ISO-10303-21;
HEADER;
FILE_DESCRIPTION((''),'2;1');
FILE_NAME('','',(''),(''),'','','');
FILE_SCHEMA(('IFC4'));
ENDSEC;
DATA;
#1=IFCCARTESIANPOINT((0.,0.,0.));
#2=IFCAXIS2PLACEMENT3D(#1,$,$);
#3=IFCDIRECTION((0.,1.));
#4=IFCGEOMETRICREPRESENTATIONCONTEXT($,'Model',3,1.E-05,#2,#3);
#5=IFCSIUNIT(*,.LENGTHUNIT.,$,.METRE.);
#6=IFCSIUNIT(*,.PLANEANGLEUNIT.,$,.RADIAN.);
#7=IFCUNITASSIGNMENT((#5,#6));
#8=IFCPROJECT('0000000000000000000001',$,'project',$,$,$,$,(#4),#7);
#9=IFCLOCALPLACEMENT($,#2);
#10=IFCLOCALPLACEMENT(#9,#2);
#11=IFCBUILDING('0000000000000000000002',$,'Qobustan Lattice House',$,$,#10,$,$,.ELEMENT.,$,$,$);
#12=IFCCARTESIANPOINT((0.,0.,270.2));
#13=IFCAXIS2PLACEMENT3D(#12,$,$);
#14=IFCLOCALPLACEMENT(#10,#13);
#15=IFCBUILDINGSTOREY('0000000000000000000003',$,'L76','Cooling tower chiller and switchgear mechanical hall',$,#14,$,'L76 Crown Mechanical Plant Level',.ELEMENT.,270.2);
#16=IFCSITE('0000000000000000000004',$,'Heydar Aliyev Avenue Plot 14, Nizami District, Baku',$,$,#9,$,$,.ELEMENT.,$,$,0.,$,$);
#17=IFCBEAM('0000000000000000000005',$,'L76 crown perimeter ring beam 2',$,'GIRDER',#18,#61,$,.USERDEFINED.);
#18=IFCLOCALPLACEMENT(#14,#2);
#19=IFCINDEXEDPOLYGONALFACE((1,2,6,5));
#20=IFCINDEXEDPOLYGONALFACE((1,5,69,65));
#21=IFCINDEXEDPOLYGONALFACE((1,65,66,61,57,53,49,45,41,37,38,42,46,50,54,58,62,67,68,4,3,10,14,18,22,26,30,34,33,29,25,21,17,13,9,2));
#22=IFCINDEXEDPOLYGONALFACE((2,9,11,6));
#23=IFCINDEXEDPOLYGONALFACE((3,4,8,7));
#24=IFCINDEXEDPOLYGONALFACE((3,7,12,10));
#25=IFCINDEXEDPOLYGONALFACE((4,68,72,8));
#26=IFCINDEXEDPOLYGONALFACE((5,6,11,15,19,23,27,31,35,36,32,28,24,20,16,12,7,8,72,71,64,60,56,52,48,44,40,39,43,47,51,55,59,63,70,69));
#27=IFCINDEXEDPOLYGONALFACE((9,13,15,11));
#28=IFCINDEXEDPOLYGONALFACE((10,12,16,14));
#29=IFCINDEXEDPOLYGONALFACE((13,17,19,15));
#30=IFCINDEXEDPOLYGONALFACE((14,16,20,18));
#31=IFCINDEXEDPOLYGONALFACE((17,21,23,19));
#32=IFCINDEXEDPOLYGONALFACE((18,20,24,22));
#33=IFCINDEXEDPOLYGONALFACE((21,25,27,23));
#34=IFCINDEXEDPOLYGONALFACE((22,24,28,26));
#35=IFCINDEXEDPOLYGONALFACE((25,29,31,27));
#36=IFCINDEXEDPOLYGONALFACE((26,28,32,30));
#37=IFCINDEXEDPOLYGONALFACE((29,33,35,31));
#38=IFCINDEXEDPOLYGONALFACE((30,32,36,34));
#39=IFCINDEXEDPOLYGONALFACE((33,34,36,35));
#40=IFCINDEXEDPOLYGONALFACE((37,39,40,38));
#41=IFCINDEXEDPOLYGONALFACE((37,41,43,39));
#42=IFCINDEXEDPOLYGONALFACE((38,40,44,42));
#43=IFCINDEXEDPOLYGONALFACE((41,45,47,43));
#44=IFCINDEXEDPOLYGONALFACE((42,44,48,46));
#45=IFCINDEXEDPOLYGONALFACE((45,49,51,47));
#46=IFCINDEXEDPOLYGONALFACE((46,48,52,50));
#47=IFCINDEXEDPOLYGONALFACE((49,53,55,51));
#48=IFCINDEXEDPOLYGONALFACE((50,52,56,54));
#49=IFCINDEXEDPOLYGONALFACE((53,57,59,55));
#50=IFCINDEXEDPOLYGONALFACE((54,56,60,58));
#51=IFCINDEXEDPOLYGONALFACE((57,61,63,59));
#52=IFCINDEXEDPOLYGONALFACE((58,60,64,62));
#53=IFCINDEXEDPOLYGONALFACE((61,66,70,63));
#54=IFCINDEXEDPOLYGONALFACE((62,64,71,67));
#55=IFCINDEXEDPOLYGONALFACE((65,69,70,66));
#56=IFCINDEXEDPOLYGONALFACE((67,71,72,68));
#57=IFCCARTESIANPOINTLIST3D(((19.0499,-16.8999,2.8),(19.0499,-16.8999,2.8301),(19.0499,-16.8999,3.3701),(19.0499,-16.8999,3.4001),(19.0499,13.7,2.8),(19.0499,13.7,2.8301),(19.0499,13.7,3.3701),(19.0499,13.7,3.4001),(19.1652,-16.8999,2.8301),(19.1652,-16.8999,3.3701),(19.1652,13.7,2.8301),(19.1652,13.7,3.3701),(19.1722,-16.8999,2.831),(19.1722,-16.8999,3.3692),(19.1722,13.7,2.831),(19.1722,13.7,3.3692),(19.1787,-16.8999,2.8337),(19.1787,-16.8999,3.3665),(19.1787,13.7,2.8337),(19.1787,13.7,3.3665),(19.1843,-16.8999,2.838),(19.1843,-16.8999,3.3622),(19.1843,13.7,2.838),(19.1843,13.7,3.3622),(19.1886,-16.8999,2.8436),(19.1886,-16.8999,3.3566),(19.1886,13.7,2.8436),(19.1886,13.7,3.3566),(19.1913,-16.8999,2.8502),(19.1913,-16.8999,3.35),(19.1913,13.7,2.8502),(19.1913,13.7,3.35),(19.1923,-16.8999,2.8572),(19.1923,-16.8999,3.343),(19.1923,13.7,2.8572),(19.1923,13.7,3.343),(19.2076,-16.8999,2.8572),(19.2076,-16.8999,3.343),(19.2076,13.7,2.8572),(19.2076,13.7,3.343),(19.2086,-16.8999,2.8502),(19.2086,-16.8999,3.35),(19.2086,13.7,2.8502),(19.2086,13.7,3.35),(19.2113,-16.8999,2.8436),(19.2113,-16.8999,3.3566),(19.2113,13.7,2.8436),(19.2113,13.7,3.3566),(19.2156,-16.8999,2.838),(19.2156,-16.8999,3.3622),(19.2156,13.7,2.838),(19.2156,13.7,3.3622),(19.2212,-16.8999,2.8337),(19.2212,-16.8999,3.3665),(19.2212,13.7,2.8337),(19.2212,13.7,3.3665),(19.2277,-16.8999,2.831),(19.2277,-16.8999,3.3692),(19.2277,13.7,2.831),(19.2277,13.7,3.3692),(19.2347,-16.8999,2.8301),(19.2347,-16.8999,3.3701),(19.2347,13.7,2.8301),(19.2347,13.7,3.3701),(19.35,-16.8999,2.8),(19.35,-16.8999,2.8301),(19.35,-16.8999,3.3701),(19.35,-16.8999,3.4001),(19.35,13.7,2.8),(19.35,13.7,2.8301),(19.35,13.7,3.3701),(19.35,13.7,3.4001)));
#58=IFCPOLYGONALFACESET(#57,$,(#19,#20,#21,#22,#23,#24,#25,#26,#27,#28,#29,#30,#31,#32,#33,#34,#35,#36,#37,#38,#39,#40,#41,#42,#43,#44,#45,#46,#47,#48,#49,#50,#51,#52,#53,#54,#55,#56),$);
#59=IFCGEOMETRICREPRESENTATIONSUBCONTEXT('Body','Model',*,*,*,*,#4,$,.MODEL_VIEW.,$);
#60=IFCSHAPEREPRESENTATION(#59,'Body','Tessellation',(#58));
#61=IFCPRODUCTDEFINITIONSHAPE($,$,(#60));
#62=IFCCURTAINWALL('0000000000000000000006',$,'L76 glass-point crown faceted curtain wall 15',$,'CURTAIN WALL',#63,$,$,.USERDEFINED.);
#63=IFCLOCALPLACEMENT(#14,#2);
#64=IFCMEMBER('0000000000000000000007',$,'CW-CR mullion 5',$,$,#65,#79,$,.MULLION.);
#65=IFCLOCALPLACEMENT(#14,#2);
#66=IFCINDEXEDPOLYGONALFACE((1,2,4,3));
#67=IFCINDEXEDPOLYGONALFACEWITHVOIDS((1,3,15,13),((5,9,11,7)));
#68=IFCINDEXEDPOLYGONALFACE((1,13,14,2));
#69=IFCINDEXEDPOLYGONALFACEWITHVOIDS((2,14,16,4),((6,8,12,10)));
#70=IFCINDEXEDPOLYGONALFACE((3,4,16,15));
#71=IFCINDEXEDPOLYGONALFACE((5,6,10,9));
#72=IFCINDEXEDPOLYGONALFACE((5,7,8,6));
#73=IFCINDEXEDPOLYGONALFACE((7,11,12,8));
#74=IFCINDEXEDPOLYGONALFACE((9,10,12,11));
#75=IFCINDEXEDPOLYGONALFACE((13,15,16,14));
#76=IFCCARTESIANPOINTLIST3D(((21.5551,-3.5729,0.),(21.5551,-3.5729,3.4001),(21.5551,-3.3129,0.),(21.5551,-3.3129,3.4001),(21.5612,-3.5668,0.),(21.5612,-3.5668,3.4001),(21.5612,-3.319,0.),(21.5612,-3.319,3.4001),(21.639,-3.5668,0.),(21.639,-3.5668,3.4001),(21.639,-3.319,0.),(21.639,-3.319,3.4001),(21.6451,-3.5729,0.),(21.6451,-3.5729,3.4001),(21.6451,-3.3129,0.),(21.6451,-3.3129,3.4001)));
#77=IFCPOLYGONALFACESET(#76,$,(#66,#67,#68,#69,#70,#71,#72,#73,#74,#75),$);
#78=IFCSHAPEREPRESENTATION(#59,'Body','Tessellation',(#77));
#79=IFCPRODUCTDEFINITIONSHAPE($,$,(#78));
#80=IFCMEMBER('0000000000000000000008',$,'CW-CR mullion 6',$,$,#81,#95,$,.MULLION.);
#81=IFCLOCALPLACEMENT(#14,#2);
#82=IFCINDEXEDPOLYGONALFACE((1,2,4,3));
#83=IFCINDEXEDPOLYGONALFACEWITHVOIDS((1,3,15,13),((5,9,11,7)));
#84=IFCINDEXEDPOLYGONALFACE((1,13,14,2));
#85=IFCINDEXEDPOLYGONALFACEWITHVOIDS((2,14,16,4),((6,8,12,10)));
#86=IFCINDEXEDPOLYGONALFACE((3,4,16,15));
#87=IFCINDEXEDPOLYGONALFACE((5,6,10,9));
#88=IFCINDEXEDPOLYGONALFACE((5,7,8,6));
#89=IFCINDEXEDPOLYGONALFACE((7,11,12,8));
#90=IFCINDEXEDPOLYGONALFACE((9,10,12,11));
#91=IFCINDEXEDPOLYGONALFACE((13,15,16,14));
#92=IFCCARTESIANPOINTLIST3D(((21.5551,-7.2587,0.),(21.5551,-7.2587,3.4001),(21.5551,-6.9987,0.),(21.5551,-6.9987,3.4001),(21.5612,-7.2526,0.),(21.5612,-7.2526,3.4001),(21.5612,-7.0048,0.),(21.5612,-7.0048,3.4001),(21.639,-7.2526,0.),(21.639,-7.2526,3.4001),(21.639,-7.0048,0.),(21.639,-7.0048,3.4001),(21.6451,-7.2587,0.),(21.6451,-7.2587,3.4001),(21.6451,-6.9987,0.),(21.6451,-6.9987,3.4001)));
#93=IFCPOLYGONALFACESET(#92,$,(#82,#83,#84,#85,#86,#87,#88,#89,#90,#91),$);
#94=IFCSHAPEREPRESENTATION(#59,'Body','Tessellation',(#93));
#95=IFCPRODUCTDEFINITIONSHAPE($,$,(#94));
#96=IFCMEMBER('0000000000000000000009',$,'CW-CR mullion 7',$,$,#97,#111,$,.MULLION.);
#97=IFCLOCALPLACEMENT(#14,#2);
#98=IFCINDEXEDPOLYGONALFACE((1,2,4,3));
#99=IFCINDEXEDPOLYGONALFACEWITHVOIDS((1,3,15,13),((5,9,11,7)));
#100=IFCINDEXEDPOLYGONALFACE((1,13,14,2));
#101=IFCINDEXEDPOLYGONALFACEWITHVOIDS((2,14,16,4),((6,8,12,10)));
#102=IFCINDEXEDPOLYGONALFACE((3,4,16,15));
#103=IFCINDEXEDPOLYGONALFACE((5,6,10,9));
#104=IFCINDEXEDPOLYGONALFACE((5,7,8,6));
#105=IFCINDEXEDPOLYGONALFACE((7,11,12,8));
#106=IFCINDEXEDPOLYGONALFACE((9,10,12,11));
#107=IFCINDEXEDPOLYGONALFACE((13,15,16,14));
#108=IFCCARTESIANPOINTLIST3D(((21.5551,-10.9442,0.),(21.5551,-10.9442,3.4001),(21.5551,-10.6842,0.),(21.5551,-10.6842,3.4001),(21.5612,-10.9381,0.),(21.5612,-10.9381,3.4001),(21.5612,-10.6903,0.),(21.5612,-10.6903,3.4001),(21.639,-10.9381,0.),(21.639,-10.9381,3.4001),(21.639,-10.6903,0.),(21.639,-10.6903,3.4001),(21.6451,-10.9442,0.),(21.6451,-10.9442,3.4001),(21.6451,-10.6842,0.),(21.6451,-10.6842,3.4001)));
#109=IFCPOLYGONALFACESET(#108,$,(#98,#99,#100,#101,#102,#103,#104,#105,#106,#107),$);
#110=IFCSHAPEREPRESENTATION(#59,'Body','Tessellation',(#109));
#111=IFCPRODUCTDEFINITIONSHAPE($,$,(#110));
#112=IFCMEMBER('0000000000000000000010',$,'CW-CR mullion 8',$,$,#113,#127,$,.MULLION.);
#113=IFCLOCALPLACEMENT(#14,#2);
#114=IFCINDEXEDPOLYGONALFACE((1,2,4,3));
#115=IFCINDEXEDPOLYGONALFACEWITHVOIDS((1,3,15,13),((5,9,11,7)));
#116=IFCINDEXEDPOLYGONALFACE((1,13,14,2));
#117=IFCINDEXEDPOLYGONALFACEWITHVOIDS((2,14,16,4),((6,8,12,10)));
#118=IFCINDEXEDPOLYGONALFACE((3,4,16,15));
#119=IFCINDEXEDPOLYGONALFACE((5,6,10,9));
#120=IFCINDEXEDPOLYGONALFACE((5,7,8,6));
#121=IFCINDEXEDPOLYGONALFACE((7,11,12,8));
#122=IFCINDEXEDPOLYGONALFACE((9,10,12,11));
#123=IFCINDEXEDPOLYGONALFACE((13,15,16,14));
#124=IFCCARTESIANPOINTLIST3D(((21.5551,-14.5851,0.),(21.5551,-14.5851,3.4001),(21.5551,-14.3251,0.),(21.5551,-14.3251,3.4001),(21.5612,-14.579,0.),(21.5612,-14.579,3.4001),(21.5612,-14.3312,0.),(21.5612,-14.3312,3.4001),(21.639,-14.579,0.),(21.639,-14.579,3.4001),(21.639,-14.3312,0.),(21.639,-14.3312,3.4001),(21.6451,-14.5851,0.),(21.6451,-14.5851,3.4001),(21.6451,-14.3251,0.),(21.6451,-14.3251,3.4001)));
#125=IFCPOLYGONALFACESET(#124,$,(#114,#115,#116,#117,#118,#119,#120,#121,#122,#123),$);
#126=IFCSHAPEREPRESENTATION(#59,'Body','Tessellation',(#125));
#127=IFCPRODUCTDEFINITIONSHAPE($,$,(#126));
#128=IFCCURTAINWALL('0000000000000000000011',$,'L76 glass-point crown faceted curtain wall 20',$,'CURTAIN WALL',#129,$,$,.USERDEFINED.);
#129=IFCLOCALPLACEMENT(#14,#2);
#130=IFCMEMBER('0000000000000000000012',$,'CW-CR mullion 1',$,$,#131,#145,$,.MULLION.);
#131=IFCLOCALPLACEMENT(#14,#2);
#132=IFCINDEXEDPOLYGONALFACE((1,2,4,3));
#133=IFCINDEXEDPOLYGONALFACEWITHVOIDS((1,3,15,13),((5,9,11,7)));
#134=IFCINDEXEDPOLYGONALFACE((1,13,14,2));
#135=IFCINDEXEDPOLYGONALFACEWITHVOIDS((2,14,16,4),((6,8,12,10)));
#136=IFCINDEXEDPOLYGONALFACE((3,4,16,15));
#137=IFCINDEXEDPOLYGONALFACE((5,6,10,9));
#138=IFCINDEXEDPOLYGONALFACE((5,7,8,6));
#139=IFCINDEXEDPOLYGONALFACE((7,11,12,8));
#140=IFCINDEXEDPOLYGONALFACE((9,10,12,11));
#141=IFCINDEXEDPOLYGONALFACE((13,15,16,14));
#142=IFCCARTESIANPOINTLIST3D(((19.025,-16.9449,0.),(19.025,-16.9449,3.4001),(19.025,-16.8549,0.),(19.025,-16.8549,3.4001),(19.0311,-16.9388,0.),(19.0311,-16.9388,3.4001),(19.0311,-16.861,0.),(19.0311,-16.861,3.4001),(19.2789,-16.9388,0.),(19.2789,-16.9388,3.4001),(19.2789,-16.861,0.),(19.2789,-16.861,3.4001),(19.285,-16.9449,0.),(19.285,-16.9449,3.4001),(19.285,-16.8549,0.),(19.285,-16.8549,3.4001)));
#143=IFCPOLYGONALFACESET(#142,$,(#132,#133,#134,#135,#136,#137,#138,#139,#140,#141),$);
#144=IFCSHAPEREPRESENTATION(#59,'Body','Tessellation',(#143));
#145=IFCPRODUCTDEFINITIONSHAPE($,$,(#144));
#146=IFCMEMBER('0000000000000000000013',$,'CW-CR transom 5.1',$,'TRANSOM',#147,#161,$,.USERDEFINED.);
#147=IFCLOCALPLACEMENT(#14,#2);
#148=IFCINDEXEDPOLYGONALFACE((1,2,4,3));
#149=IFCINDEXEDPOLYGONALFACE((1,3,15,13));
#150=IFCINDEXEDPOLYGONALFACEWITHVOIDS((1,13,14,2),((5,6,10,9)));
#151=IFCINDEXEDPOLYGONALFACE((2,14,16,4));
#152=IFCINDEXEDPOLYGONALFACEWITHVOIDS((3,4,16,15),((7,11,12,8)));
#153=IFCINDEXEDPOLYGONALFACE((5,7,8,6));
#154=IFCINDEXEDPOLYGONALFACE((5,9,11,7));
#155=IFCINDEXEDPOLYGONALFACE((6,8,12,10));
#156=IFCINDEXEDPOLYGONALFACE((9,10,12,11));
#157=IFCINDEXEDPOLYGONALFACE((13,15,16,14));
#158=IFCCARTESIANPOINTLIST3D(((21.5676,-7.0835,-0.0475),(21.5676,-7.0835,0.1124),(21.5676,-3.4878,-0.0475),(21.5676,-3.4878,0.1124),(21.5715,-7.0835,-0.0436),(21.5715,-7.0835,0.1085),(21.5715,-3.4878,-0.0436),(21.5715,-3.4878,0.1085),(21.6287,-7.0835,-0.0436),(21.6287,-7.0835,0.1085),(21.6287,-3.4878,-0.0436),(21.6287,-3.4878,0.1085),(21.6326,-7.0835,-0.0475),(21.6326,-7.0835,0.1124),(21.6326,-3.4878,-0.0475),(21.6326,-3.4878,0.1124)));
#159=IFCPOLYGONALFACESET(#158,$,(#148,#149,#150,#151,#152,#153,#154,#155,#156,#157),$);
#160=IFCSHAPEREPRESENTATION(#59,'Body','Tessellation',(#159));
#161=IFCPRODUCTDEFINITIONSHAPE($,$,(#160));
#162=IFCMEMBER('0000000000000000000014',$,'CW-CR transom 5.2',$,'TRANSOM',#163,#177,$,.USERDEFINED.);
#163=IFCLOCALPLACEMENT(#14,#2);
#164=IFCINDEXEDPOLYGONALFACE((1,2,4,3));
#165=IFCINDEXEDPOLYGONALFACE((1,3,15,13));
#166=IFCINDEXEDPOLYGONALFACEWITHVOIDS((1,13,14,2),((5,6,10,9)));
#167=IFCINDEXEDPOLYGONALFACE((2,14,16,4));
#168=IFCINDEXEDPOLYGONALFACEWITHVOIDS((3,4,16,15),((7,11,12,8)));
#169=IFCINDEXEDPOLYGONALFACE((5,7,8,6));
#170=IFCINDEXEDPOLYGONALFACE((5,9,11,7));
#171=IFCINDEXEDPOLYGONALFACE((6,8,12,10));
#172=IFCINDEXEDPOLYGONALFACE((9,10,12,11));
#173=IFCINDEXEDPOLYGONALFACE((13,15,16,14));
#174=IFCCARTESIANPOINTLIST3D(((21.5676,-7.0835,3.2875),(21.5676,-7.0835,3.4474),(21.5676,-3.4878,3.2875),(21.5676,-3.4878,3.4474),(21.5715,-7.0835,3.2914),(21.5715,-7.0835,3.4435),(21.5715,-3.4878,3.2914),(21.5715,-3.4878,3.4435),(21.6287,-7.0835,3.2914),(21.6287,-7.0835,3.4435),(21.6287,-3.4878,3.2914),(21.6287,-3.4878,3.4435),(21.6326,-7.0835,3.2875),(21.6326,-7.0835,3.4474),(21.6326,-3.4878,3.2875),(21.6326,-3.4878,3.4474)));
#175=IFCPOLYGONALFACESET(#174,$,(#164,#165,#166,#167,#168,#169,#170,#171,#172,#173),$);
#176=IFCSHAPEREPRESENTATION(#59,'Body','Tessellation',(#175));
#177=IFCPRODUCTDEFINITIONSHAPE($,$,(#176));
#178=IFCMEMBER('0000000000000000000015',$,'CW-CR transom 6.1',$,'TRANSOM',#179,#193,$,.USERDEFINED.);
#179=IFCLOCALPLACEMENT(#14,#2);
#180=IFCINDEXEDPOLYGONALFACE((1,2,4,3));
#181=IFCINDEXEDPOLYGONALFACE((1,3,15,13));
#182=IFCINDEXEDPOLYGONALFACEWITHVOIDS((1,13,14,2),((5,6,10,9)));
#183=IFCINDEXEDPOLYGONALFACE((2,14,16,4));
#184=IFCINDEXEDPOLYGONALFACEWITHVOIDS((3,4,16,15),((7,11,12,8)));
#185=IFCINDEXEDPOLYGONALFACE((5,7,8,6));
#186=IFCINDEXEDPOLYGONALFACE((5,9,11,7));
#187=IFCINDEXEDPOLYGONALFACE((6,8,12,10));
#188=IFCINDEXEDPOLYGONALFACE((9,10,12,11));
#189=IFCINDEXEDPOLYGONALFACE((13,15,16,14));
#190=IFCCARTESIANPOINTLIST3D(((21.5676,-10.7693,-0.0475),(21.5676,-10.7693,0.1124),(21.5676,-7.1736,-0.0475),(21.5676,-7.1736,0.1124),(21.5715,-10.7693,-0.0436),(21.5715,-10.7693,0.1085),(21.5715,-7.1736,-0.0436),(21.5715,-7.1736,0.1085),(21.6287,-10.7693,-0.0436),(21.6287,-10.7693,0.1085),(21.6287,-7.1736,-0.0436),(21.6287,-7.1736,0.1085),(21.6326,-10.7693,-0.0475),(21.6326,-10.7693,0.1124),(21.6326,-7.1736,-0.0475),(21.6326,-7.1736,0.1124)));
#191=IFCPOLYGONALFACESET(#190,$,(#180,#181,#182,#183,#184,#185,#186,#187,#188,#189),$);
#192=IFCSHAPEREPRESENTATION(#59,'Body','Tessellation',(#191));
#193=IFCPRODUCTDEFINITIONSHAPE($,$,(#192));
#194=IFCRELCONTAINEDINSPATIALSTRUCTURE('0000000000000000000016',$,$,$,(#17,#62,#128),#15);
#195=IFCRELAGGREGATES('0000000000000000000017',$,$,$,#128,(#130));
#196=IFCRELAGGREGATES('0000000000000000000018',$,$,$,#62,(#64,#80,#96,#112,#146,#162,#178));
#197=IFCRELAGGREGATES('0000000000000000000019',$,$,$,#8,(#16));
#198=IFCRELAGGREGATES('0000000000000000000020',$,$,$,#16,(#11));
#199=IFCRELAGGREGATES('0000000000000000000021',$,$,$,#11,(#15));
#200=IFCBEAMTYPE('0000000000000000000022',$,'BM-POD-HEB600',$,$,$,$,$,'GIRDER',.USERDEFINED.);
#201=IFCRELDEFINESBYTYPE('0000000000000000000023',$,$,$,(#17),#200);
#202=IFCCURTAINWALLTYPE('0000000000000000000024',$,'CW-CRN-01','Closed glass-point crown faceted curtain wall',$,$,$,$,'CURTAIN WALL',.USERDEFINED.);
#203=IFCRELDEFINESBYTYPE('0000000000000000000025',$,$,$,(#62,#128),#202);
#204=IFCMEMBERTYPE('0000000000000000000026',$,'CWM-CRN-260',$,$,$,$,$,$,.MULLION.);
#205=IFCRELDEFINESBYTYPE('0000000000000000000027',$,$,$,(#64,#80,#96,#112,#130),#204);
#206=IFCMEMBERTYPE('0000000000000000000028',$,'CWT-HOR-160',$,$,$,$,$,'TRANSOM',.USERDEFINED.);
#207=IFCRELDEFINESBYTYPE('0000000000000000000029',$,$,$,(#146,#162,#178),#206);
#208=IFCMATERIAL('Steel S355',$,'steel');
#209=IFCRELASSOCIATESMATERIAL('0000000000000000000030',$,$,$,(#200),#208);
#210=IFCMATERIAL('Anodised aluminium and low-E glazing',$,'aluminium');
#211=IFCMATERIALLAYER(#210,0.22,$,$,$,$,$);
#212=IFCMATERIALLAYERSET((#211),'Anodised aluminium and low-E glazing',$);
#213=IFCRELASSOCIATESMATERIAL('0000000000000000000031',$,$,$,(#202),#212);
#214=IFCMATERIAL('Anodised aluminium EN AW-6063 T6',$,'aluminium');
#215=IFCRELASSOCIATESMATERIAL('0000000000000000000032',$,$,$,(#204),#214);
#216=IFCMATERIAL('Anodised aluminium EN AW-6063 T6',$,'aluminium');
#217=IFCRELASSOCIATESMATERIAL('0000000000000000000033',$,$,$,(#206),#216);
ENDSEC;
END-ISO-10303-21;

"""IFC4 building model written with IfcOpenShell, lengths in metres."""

from ifc_helpers import new_model, si_unit, direction, frame, origin, origin_2d, place, context, subcontext, project, spatial, hollow_rectangle, i_section, extrude, material, layer, layer_set, material_profile, profile_set, type_object, element, aggregate, save


model = new_model("IFC4")

# Units and contexts
model_context = context("Model", 3, precision=1e-05, world=origin(), true_north=direction((0.0, 1.0)))
body_context = subcontext(model_context, "Body", "Model", "MODEL_VIEW")
ifc_project = project(units=[si_unit("LENGTHUNIT", "METRE"), si_unit("PLANEANGLEUNIT", "RADIAN")], contexts=[model_context])

# Site, building, storey
site_placement = place(None, origin())
site = spatial("IfcSite", under=ifc_project, at=site_placement, Name="Heydar Aliyev Avenue Plot 14, Nizami District, Baku", CompositionType="ELEMENT", RefElevation=0.0)
building_placement = place(site_placement, origin())
building = spatial("IfcBuilding", under=site, at=building_placement, Name="Qobustan Lattice House", CompositionType="ELEMENT")
storey_placement = place(building_placement, frame((0.0, 0.0, 270.2)))
storey = spatial("IfcBuildingStorey", under=building, at=storey_placement, Name="L76", Description="Cooling tower chiller and switchgear mechanical hall", LongName="L76 Crown Mechanical Plant Level", CompositionType="ELEMENT", Elevation=270.2)

# Beam
ifc_material_1 = material(Name="Steel S355", Category="steel")
ifc_material_profile_1 = material_profile(ifc_material_1, i_section(OverallWidth=0.3, OverallDepth=0.6001, WebThickness=0.0154, FlangeThickness=0.03, FilletRadius=0.0271, at=origin_2d()), Name="HEB600")
ifc_profile_set_1 = profile_set([ifc_material_profile_1], Name="Steel S355")
beam_type = type_object("IfcBeamType", Name="BM-POD-HEB600", ElementType="GIRDER", PredefinedType="USERDEFINED", material=ifc_profile_set_1)
beam_placement = place(storey_placement, frame((19.2, -16.8999, 3.1001), z_axis=(0.0, 1.0, 0.0), x_axis=(-1.0, 0.0, 0.0)))
element("IfcBeam", 1, at=beam_placement, inside=storey, type_object=beam_type, Name="L76 crown perimeter ring beam 2", ObjectType="GIRDER", PredefinedType="USERDEFINED", context=body_context, shape_type="SweptSolid", body=[
    extrude(i_section(OverallWidth=0.3, OverallDepth=0.6001, WebThickness=0.0154, FlangeThickness=0.03, FilletRadius=0.0271, at=origin_2d()), origin(), (0.0, 0.0, 1.0), 30.5999),
])

# Curtain wall, members
ifc_material_2 = material(Name="Anodised aluminium and low-E glazing", Category="aluminium")
ifc_layer_1 = layer(ifc_material_2, 0.22)
ifc_layer_set_1 = layer_set([ifc_layer_1], Name="Anodised aluminium and low-E glazing")
curtain_wall_type = type_object("IfcCurtainWallType", Name="CW-CRN-01", Description="Closed glass-point crown faceted curtain wall", ElementType="CURTAIN WALL", PredefinedType="USERDEFINED", material=ifc_layer_set_1)
curtain_wall_1_placement = place(storey_placement, origin())
curtain_wall_1 = element("IfcCurtainWall", 2, at=curtain_wall_1_placement, inside=storey, type_object=curtain_wall_type, Name="L76 glass-point crown faceted curtain wall 15", ObjectType="CURTAIN WALL", PredefinedType="USERDEFINED")
ifc_material_3 = material(Name="Anodised aluminium EN AW-6063 T6", Category="aluminium")
ifc_material_profile_2 = material_profile(ifc_material_3, hollow_rectangle(XDim=0.0901, YDim=0.26, WallThickness=0.0061, at=origin_2d()), Name="CWM-CROWN-260x90")
ifc_profile_set_2 = profile_set([ifc_material_profile_2], Name="Anodised aluminium EN AW-6063 T6")
member_type_1 = type_object("IfcMemberType", Name="CWM-CRN-260", PredefinedType="MULLION", material=ifc_profile_set_2)
member_1_placement = place(storey_placement, frame((21.6001, -3.4429, 0.0), z_axis=(0.0, 0.0, 1.0), x_axis=(1.0, 0.0, 0.0)))
member_1 = element("IfcMember", 3, at=member_1_placement, type_object=member_type_1, Name="CW-CR mullion 5", PredefinedType="MULLION", context=body_context, shape_type="SweptSolid", body=[
    extrude(hollow_rectangle(XDim=0.0901, YDim=0.26, WallThickness=0.0061, at=origin_2d()), origin(), (0.0, 0.0, 1.0), 3.4001),
])
member_2_placement = place(storey_placement, frame((21.6001, -7.1287, 0.0), z_axis=(0.0, 0.0, 1.0), x_axis=(1.0, 0.0, 0.0)))
member_2 = element("IfcMember", 4, at=member_2_placement, type_object=member_type_1, Name="CW-CR mullion 6", PredefinedType="MULLION", context=body_context, shape_type="SweptSolid", body=[
    extrude(hollow_rectangle(XDim=0.0901, YDim=0.26, WallThickness=0.0061, at=origin_2d()), origin(), (0.0, 0.0, 1.0), 3.4001),
])
member_3_placement = place(storey_placement, frame((21.6001, -10.8142, 0.0), z_axis=(0.0, 0.0, 1.0), x_axis=(1.0, 0.0, 0.0)))
member_3 = element("IfcMember", 5, at=member_3_placement, type_object=member_type_1, Name="CW-CR mullion 7", PredefinedType="MULLION", context=body_context, shape_type="SweptSolid", body=[
    extrude(hollow_rectangle(XDim=0.0901, YDim=0.26, WallThickness=0.0061, at=origin_2d()), origin(), (0.0, 0.0, 1.0), 3.4001),
])
member_4_placement = place(storey_placement, frame((21.6001, -14.4551, 0.0), z_axis=(0.0, 0.0, 1.0), x_axis=(1.0, 0.0, 0.0)))
member_4 = element("IfcMember", 6, at=member_4_placement, type_object=member_type_1, Name="CW-CR mullion 8", PredefinedType="MULLION", context=body_context, shape_type="SweptSolid", body=[
    extrude(hollow_rectangle(XDim=0.0901, YDim=0.26, WallThickness=0.0061, at=origin_2d()), origin(), (0.0, 0.0, 1.0), 3.4001),
])

# Curtain wall, member
curtain_wall_2_placement = place(storey_placement, origin())
curtain_wall_2 = element("IfcCurtainWall", 7, at=curtain_wall_2_placement, inside=storey, type_object=curtain_wall_type, Name="L76 glass-point crown faceted curtain wall 20", ObjectType="CURTAIN WALL", PredefinedType="USERDEFINED")
member_5_placement = place(storey_placement, frame((19.155, -16.8999, 0.0), z_axis=(0.0, 0.0, 1.0), x_axis=(0.0, -1.0, 0.0)))
member_5 = element("IfcMember", 8, at=member_5_placement, type_object=member_type_1, Name="CW-CR mullion 1", PredefinedType="MULLION", context=body_context, shape_type="SweptSolid", body=[
    extrude(hollow_rectangle(XDim=0.0901, YDim=0.26, WallThickness=0.0061, at=origin_2d()), origin(), (0.0, 0.0, 1.0), 3.4001),
])

# Members
ifc_material_4 = material(Name="Anodised aluminium EN AW-6063 T6", Category="aluminium")
ifc_material_profile_3 = material_profile(ifc_material_4, hollow_rectangle(XDim=0.0649, YDim=0.1599, WallThickness=0.0039, at=origin_2d()), Name="CWT-160x65")
ifc_profile_set_3 = profile_set([ifc_material_profile_3], Name="Anodised aluminium EN AW-6063 T6")
member_type_2 = type_object("IfcMemberType", Name="CWT-HOR-160", ElementType="TRANSOM", PredefinedType="USERDEFINED", material=ifc_profile_set_3)
member_6_placement = place(storey_placement, frame((21.6001, -3.4878, 0.0325), z_axis=(0.0, -1.0, 0.0), x_axis=(1.0, 0.0, 0.0)))
member_6 = element("IfcMember", 9, at=member_6_placement, type_object=member_type_2, Name="CW-CR transom 5.1", ObjectType="TRANSOM", PredefinedType="USERDEFINED", context=body_context, shape_type="SweptSolid", body=[
    extrude(hollow_rectangle(XDim=0.0649, YDim=0.1599, WallThickness=0.0039, at=origin_2d()), origin(), (0.0, 0.0, 1.0), 3.5957),
])
member_7_placement = place(storey_placement, frame((21.6001, -3.4878, 3.3674), z_axis=(0.0, -1.0, 0.0), x_axis=(1.0, 0.0, 0.0)))
member_7 = element("IfcMember", 10, at=member_7_placement, type_object=member_type_2, Name="CW-CR transom 5.2", ObjectType="TRANSOM", PredefinedType="USERDEFINED", context=body_context, shape_type="SweptSolid", body=[
    extrude(hollow_rectangle(XDim=0.0649, YDim=0.1599, WallThickness=0.0039, at=origin_2d()), origin(), (0.0, 0.0, 1.0), 3.5957),
])
member_8_placement = place(storey_placement, frame((21.6001, -7.1736, 0.0325), z_axis=(0.0, -1.0, 0.0), x_axis=(1.0, 0.0, 0.0)))
member_8 = element("IfcMember", 11, at=member_8_placement, type_object=member_type_2, Name="CW-CR transom 6.1", ObjectType="TRANSOM", PredefinedType="USERDEFINED", context=body_context, shape_type="SweptSolid", body=[
    extrude(hollow_rectangle(XDim=0.0649, YDim=0.1599, WallThickness=0.0039, at=origin_2d()), origin(), (0.0, 0.0, 1.0), 3.5957),
])
aggregate(curtain_wall_2, [member_5])

aggregate(curtain_wall_1, [member_1, member_2, member_3, member_4, member_6, member_7, member_8])

save(model, "model.ifc")
